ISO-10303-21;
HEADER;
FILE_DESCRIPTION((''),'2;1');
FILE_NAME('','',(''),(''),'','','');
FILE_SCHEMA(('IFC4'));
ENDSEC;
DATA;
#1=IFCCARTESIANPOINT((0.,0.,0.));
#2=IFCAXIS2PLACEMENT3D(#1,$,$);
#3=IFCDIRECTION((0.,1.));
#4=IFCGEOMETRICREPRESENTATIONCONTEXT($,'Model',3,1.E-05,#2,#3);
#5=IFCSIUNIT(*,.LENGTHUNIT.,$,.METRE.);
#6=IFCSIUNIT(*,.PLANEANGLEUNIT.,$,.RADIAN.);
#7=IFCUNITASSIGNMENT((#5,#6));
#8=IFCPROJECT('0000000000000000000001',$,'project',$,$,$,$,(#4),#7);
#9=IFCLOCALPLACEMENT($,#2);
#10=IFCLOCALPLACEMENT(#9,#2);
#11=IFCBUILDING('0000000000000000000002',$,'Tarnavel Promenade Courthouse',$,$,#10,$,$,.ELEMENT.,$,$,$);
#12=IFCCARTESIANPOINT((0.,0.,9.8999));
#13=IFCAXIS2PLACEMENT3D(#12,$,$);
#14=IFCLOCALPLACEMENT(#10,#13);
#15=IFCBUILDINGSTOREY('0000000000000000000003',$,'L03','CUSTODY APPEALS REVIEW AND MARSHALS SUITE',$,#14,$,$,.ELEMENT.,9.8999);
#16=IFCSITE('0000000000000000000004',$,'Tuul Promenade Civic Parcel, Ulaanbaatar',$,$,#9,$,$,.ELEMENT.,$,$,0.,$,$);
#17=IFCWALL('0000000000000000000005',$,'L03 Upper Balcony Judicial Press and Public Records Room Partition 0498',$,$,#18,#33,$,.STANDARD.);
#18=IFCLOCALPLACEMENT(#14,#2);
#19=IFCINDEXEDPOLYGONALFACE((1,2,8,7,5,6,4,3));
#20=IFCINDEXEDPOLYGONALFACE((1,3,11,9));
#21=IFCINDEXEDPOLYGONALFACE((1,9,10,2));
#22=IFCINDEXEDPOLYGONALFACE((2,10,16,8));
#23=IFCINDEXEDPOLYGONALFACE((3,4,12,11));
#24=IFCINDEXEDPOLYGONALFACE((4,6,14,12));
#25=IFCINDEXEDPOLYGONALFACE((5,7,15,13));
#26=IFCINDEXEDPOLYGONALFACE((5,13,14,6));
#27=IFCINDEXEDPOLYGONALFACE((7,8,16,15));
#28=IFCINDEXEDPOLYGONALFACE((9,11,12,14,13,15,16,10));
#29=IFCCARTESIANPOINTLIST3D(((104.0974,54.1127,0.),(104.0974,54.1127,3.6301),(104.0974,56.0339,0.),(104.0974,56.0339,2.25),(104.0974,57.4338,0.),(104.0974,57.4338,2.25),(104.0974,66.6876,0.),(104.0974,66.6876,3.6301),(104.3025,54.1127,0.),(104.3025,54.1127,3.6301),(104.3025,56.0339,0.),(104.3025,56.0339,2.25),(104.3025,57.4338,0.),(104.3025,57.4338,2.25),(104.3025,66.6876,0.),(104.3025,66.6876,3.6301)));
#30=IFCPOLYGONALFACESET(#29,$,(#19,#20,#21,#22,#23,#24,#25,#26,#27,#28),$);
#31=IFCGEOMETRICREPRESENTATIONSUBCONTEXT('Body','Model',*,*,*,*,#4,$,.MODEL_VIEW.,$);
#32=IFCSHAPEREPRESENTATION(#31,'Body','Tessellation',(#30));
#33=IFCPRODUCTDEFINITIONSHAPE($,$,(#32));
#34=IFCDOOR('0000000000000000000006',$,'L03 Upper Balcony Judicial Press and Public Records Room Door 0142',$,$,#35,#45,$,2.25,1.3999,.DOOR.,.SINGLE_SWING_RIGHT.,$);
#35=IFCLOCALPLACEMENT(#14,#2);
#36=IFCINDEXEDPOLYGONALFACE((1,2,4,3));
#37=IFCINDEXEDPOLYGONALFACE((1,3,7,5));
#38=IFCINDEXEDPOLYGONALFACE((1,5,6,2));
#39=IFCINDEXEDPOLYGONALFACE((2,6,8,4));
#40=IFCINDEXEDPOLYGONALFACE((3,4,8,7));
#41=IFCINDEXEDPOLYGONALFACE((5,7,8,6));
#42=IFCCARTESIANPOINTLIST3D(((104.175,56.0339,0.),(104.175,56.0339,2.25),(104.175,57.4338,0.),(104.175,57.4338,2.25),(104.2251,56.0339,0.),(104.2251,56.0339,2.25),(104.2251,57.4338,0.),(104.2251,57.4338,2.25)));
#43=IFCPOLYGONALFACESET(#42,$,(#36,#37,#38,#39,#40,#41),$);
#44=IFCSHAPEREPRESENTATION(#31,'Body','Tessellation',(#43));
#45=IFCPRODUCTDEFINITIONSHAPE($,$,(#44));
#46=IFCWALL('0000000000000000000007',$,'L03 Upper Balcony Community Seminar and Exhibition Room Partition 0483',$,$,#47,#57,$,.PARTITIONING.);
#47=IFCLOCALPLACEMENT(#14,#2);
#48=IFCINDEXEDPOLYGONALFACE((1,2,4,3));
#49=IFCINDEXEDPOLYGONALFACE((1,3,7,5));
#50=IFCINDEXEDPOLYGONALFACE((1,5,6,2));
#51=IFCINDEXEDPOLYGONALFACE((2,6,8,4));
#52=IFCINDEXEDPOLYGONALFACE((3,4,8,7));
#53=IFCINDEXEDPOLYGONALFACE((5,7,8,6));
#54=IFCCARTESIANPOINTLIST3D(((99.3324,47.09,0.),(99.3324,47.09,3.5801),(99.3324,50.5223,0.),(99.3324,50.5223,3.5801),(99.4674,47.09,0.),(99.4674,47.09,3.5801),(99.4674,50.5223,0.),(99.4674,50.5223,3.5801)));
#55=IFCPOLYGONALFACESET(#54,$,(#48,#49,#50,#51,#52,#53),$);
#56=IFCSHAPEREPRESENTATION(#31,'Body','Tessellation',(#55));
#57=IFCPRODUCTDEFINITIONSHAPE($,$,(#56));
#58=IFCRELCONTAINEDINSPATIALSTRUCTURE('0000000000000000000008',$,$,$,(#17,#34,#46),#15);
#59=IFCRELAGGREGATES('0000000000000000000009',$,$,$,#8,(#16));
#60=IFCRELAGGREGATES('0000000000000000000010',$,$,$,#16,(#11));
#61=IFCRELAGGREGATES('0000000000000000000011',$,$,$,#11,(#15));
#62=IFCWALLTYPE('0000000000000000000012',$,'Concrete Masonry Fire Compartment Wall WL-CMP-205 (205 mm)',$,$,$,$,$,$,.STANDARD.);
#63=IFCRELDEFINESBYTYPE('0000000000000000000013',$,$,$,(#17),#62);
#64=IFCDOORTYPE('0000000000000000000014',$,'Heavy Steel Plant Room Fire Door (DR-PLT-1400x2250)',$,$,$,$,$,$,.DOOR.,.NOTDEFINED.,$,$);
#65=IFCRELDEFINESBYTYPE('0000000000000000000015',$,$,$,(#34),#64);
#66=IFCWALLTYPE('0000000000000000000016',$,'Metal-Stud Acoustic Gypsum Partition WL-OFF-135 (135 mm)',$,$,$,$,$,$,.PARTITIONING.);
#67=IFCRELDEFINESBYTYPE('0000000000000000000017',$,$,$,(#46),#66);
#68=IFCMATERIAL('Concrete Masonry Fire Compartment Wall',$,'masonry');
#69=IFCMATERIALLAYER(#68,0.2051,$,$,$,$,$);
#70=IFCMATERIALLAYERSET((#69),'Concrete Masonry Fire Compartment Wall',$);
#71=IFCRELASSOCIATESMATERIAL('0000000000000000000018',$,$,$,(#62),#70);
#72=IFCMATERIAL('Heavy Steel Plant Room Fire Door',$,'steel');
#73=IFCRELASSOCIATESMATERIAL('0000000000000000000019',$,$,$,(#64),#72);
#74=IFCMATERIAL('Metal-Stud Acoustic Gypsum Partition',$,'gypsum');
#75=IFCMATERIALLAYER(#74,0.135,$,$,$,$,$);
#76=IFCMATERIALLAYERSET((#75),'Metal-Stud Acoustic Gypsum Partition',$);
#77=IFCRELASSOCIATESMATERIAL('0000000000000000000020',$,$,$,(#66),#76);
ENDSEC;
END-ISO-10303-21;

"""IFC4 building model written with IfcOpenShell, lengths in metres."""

from ifc_helpers import new_model, si_unit, direction, frame, frame_2d, origin, place, context, subcontext, project, spatial, rectangle, extrude, material, layer, layer_set, type_object, element, fill, save


model = new_model("IFC4")

# Units and contexts
model_context = context("Model", 3, precision=1e-05, world=origin(), true_north=direction((0.0, 1.0)))
body_context = subcontext(model_context, "Body", "Model", "MODEL_VIEW")
ifc_project = project(units=[si_unit("LENGTHUNIT", "METRE"), si_unit("PLANEANGLEUNIT", "RADIAN")], contexts=[model_context])

# Site, building, storey
site_placement = place(None, origin())
site = spatial("IfcSite", under=ifc_project, at=site_placement, Name="Tuul Promenade Civic Parcel, Ulaanbaatar", CompositionType="ELEMENT", RefElevation=0.0)
building_placement = place(site_placement, origin())
building = spatial("IfcBuilding", under=site, at=building_placement, Name="Tarnavel Promenade Courthouse", CompositionType="ELEMENT")
storey_placement = place(building_placement, frame((0.0, 0.0, 9.8999)))
storey = spatial("IfcBuildingStorey", under=building, at=storey_placement, Name="L03", Description="CUSTODY APPEALS REVIEW AND MARSHALS SUITE", CompositionType="ELEMENT", Elevation=9.8999)

# Shared definitions
ifc_material_1 = material(Name="Concrete Masonry Fire Compartment Wall", Category="masonry")
ifc_layer_1 = layer(ifc_material_1, 0.2051)
ifc_layer_set_1 = layer_set([ifc_layer_1], Name="Concrete Masonry Fire Compartment Wall")
wall_type_1 = type_object("IfcWallType", Name="Concrete Masonry Fire Compartment Wall WL-CMP-205 (205 mm)", PredefinedType="STANDARD", material=ifc_layer_set_1)

# Wall, opening, door
wall_1_placement = place(storey_placement, frame((104.2, 54.1125, 0.0), z_axis=(0.0, 0.0, 1.0), x_axis=(0.0, 1.0, 0.0)))
wall_1 = element("IfcWall", 1, at=wall_1_placement, inside=storey, type_object=wall_type_1, Name="L03 Upper Balcony Judicial Press and Public Records Room Partition 0498", PredefinedType="STANDARD", context=body_context, shape_type="SweptSolid", body=[
    extrude(rectangle(XDim=12.575, YDim=0.2051, at=frame_2d((6.2876, 0.0))), origin(), (0.0, 0.0, 1.0), 3.6301),
])
opening_placement = place(wall_1_placement, frame((1.9214, 0.0, 0.0)))
opening = element("IfcOpeningElement", 2, at=opening_placement, cuts=wall_1, PredefinedType="OPENING", context=body_context, shape_type="SweptSolid", body=[
    extrude(rectangle(XDim=1.3999, YDim=2.25, at=frame_2d((0.7, 1.125))), frame((0.0, 0.1125, 0.0), z_axis=(0.0, -1.0, 0.0), x_axis=(1.0, 0.0, 0.0)), (0.0, 0.0, 1.0), 0.2251),
])
ifc_material_2 = material(Name="Heavy Steel Plant Room Fire Door", Category="steel")
door_type = type_object("IfcDoorType", Name="Heavy Steel Plant Room Fire Door (DR-PLT-1400x2250)", OperationType="NOTDEFINED", PredefinedType="DOOR", material=ifc_material_2)
door_placement = place(opening_placement, origin())
door = element("IfcDoor", 3, at=door_placement, inside=storey, type_object=door_type, Name="L03 Upper Balcony Judicial Press and Public Records Room Door 0142", OperationType="SINGLE_SWING_RIGHT", OverallHeight=2.25, OverallWidth=1.3999, PredefinedType="DOOR", context=body_context, shape_type="SweptSolid", body=[
    extrude(rectangle(XDim=1.3999, YDim=2.25, at=frame_2d((0.7, 1.125))), frame((0.0, 0.0249, 0.0), z_axis=(0.0, -1.0, 0.0), x_axis=(1.0, 0.0, 0.0)), (0.0, 0.0, 1.0), 0.05),
])
fill(opening, door)

# Wall
ifc_material_3 = material(Name="Metal-Stud Acoustic Gypsum Partition", Category="gypsum")
ifc_layer_2 = layer(ifc_material_3, 0.135)
ifc_layer_set_2 = layer_set([ifc_layer_2], Name="Metal-Stud Acoustic Gypsum Partition")
wall_type_2 = type_object("IfcWallType", Name="Metal-Stud Acoustic Gypsum Partition WL-OFF-135 (135 mm)", PredefinedType="PARTITIONING", material=ifc_layer_set_2)
wall_2_placement = place(storey_placement, frame((99.3999, 50.5225, 0.0), z_axis=(0.0, 0.0, 1.0), x_axis=(0.0, -1.0, 0.0)))
element("IfcWall", 4, at=wall_2_placement, inside=storey, type_object=wall_type_2, Name="L03 Upper Balcony Community Seminar and Exhibition Room Partition 0483", PredefinedType="PARTITIONING", context=body_context, shape_type="SweptSolid", body=[
    extrude(rectangle(XDim=3.4324, YDim=0.135, at=frame_2d((1.7163, 0.0))), origin(), (0.0, 0.0, 1.0), 3.5801),
])

save(model, "model.ifc")
